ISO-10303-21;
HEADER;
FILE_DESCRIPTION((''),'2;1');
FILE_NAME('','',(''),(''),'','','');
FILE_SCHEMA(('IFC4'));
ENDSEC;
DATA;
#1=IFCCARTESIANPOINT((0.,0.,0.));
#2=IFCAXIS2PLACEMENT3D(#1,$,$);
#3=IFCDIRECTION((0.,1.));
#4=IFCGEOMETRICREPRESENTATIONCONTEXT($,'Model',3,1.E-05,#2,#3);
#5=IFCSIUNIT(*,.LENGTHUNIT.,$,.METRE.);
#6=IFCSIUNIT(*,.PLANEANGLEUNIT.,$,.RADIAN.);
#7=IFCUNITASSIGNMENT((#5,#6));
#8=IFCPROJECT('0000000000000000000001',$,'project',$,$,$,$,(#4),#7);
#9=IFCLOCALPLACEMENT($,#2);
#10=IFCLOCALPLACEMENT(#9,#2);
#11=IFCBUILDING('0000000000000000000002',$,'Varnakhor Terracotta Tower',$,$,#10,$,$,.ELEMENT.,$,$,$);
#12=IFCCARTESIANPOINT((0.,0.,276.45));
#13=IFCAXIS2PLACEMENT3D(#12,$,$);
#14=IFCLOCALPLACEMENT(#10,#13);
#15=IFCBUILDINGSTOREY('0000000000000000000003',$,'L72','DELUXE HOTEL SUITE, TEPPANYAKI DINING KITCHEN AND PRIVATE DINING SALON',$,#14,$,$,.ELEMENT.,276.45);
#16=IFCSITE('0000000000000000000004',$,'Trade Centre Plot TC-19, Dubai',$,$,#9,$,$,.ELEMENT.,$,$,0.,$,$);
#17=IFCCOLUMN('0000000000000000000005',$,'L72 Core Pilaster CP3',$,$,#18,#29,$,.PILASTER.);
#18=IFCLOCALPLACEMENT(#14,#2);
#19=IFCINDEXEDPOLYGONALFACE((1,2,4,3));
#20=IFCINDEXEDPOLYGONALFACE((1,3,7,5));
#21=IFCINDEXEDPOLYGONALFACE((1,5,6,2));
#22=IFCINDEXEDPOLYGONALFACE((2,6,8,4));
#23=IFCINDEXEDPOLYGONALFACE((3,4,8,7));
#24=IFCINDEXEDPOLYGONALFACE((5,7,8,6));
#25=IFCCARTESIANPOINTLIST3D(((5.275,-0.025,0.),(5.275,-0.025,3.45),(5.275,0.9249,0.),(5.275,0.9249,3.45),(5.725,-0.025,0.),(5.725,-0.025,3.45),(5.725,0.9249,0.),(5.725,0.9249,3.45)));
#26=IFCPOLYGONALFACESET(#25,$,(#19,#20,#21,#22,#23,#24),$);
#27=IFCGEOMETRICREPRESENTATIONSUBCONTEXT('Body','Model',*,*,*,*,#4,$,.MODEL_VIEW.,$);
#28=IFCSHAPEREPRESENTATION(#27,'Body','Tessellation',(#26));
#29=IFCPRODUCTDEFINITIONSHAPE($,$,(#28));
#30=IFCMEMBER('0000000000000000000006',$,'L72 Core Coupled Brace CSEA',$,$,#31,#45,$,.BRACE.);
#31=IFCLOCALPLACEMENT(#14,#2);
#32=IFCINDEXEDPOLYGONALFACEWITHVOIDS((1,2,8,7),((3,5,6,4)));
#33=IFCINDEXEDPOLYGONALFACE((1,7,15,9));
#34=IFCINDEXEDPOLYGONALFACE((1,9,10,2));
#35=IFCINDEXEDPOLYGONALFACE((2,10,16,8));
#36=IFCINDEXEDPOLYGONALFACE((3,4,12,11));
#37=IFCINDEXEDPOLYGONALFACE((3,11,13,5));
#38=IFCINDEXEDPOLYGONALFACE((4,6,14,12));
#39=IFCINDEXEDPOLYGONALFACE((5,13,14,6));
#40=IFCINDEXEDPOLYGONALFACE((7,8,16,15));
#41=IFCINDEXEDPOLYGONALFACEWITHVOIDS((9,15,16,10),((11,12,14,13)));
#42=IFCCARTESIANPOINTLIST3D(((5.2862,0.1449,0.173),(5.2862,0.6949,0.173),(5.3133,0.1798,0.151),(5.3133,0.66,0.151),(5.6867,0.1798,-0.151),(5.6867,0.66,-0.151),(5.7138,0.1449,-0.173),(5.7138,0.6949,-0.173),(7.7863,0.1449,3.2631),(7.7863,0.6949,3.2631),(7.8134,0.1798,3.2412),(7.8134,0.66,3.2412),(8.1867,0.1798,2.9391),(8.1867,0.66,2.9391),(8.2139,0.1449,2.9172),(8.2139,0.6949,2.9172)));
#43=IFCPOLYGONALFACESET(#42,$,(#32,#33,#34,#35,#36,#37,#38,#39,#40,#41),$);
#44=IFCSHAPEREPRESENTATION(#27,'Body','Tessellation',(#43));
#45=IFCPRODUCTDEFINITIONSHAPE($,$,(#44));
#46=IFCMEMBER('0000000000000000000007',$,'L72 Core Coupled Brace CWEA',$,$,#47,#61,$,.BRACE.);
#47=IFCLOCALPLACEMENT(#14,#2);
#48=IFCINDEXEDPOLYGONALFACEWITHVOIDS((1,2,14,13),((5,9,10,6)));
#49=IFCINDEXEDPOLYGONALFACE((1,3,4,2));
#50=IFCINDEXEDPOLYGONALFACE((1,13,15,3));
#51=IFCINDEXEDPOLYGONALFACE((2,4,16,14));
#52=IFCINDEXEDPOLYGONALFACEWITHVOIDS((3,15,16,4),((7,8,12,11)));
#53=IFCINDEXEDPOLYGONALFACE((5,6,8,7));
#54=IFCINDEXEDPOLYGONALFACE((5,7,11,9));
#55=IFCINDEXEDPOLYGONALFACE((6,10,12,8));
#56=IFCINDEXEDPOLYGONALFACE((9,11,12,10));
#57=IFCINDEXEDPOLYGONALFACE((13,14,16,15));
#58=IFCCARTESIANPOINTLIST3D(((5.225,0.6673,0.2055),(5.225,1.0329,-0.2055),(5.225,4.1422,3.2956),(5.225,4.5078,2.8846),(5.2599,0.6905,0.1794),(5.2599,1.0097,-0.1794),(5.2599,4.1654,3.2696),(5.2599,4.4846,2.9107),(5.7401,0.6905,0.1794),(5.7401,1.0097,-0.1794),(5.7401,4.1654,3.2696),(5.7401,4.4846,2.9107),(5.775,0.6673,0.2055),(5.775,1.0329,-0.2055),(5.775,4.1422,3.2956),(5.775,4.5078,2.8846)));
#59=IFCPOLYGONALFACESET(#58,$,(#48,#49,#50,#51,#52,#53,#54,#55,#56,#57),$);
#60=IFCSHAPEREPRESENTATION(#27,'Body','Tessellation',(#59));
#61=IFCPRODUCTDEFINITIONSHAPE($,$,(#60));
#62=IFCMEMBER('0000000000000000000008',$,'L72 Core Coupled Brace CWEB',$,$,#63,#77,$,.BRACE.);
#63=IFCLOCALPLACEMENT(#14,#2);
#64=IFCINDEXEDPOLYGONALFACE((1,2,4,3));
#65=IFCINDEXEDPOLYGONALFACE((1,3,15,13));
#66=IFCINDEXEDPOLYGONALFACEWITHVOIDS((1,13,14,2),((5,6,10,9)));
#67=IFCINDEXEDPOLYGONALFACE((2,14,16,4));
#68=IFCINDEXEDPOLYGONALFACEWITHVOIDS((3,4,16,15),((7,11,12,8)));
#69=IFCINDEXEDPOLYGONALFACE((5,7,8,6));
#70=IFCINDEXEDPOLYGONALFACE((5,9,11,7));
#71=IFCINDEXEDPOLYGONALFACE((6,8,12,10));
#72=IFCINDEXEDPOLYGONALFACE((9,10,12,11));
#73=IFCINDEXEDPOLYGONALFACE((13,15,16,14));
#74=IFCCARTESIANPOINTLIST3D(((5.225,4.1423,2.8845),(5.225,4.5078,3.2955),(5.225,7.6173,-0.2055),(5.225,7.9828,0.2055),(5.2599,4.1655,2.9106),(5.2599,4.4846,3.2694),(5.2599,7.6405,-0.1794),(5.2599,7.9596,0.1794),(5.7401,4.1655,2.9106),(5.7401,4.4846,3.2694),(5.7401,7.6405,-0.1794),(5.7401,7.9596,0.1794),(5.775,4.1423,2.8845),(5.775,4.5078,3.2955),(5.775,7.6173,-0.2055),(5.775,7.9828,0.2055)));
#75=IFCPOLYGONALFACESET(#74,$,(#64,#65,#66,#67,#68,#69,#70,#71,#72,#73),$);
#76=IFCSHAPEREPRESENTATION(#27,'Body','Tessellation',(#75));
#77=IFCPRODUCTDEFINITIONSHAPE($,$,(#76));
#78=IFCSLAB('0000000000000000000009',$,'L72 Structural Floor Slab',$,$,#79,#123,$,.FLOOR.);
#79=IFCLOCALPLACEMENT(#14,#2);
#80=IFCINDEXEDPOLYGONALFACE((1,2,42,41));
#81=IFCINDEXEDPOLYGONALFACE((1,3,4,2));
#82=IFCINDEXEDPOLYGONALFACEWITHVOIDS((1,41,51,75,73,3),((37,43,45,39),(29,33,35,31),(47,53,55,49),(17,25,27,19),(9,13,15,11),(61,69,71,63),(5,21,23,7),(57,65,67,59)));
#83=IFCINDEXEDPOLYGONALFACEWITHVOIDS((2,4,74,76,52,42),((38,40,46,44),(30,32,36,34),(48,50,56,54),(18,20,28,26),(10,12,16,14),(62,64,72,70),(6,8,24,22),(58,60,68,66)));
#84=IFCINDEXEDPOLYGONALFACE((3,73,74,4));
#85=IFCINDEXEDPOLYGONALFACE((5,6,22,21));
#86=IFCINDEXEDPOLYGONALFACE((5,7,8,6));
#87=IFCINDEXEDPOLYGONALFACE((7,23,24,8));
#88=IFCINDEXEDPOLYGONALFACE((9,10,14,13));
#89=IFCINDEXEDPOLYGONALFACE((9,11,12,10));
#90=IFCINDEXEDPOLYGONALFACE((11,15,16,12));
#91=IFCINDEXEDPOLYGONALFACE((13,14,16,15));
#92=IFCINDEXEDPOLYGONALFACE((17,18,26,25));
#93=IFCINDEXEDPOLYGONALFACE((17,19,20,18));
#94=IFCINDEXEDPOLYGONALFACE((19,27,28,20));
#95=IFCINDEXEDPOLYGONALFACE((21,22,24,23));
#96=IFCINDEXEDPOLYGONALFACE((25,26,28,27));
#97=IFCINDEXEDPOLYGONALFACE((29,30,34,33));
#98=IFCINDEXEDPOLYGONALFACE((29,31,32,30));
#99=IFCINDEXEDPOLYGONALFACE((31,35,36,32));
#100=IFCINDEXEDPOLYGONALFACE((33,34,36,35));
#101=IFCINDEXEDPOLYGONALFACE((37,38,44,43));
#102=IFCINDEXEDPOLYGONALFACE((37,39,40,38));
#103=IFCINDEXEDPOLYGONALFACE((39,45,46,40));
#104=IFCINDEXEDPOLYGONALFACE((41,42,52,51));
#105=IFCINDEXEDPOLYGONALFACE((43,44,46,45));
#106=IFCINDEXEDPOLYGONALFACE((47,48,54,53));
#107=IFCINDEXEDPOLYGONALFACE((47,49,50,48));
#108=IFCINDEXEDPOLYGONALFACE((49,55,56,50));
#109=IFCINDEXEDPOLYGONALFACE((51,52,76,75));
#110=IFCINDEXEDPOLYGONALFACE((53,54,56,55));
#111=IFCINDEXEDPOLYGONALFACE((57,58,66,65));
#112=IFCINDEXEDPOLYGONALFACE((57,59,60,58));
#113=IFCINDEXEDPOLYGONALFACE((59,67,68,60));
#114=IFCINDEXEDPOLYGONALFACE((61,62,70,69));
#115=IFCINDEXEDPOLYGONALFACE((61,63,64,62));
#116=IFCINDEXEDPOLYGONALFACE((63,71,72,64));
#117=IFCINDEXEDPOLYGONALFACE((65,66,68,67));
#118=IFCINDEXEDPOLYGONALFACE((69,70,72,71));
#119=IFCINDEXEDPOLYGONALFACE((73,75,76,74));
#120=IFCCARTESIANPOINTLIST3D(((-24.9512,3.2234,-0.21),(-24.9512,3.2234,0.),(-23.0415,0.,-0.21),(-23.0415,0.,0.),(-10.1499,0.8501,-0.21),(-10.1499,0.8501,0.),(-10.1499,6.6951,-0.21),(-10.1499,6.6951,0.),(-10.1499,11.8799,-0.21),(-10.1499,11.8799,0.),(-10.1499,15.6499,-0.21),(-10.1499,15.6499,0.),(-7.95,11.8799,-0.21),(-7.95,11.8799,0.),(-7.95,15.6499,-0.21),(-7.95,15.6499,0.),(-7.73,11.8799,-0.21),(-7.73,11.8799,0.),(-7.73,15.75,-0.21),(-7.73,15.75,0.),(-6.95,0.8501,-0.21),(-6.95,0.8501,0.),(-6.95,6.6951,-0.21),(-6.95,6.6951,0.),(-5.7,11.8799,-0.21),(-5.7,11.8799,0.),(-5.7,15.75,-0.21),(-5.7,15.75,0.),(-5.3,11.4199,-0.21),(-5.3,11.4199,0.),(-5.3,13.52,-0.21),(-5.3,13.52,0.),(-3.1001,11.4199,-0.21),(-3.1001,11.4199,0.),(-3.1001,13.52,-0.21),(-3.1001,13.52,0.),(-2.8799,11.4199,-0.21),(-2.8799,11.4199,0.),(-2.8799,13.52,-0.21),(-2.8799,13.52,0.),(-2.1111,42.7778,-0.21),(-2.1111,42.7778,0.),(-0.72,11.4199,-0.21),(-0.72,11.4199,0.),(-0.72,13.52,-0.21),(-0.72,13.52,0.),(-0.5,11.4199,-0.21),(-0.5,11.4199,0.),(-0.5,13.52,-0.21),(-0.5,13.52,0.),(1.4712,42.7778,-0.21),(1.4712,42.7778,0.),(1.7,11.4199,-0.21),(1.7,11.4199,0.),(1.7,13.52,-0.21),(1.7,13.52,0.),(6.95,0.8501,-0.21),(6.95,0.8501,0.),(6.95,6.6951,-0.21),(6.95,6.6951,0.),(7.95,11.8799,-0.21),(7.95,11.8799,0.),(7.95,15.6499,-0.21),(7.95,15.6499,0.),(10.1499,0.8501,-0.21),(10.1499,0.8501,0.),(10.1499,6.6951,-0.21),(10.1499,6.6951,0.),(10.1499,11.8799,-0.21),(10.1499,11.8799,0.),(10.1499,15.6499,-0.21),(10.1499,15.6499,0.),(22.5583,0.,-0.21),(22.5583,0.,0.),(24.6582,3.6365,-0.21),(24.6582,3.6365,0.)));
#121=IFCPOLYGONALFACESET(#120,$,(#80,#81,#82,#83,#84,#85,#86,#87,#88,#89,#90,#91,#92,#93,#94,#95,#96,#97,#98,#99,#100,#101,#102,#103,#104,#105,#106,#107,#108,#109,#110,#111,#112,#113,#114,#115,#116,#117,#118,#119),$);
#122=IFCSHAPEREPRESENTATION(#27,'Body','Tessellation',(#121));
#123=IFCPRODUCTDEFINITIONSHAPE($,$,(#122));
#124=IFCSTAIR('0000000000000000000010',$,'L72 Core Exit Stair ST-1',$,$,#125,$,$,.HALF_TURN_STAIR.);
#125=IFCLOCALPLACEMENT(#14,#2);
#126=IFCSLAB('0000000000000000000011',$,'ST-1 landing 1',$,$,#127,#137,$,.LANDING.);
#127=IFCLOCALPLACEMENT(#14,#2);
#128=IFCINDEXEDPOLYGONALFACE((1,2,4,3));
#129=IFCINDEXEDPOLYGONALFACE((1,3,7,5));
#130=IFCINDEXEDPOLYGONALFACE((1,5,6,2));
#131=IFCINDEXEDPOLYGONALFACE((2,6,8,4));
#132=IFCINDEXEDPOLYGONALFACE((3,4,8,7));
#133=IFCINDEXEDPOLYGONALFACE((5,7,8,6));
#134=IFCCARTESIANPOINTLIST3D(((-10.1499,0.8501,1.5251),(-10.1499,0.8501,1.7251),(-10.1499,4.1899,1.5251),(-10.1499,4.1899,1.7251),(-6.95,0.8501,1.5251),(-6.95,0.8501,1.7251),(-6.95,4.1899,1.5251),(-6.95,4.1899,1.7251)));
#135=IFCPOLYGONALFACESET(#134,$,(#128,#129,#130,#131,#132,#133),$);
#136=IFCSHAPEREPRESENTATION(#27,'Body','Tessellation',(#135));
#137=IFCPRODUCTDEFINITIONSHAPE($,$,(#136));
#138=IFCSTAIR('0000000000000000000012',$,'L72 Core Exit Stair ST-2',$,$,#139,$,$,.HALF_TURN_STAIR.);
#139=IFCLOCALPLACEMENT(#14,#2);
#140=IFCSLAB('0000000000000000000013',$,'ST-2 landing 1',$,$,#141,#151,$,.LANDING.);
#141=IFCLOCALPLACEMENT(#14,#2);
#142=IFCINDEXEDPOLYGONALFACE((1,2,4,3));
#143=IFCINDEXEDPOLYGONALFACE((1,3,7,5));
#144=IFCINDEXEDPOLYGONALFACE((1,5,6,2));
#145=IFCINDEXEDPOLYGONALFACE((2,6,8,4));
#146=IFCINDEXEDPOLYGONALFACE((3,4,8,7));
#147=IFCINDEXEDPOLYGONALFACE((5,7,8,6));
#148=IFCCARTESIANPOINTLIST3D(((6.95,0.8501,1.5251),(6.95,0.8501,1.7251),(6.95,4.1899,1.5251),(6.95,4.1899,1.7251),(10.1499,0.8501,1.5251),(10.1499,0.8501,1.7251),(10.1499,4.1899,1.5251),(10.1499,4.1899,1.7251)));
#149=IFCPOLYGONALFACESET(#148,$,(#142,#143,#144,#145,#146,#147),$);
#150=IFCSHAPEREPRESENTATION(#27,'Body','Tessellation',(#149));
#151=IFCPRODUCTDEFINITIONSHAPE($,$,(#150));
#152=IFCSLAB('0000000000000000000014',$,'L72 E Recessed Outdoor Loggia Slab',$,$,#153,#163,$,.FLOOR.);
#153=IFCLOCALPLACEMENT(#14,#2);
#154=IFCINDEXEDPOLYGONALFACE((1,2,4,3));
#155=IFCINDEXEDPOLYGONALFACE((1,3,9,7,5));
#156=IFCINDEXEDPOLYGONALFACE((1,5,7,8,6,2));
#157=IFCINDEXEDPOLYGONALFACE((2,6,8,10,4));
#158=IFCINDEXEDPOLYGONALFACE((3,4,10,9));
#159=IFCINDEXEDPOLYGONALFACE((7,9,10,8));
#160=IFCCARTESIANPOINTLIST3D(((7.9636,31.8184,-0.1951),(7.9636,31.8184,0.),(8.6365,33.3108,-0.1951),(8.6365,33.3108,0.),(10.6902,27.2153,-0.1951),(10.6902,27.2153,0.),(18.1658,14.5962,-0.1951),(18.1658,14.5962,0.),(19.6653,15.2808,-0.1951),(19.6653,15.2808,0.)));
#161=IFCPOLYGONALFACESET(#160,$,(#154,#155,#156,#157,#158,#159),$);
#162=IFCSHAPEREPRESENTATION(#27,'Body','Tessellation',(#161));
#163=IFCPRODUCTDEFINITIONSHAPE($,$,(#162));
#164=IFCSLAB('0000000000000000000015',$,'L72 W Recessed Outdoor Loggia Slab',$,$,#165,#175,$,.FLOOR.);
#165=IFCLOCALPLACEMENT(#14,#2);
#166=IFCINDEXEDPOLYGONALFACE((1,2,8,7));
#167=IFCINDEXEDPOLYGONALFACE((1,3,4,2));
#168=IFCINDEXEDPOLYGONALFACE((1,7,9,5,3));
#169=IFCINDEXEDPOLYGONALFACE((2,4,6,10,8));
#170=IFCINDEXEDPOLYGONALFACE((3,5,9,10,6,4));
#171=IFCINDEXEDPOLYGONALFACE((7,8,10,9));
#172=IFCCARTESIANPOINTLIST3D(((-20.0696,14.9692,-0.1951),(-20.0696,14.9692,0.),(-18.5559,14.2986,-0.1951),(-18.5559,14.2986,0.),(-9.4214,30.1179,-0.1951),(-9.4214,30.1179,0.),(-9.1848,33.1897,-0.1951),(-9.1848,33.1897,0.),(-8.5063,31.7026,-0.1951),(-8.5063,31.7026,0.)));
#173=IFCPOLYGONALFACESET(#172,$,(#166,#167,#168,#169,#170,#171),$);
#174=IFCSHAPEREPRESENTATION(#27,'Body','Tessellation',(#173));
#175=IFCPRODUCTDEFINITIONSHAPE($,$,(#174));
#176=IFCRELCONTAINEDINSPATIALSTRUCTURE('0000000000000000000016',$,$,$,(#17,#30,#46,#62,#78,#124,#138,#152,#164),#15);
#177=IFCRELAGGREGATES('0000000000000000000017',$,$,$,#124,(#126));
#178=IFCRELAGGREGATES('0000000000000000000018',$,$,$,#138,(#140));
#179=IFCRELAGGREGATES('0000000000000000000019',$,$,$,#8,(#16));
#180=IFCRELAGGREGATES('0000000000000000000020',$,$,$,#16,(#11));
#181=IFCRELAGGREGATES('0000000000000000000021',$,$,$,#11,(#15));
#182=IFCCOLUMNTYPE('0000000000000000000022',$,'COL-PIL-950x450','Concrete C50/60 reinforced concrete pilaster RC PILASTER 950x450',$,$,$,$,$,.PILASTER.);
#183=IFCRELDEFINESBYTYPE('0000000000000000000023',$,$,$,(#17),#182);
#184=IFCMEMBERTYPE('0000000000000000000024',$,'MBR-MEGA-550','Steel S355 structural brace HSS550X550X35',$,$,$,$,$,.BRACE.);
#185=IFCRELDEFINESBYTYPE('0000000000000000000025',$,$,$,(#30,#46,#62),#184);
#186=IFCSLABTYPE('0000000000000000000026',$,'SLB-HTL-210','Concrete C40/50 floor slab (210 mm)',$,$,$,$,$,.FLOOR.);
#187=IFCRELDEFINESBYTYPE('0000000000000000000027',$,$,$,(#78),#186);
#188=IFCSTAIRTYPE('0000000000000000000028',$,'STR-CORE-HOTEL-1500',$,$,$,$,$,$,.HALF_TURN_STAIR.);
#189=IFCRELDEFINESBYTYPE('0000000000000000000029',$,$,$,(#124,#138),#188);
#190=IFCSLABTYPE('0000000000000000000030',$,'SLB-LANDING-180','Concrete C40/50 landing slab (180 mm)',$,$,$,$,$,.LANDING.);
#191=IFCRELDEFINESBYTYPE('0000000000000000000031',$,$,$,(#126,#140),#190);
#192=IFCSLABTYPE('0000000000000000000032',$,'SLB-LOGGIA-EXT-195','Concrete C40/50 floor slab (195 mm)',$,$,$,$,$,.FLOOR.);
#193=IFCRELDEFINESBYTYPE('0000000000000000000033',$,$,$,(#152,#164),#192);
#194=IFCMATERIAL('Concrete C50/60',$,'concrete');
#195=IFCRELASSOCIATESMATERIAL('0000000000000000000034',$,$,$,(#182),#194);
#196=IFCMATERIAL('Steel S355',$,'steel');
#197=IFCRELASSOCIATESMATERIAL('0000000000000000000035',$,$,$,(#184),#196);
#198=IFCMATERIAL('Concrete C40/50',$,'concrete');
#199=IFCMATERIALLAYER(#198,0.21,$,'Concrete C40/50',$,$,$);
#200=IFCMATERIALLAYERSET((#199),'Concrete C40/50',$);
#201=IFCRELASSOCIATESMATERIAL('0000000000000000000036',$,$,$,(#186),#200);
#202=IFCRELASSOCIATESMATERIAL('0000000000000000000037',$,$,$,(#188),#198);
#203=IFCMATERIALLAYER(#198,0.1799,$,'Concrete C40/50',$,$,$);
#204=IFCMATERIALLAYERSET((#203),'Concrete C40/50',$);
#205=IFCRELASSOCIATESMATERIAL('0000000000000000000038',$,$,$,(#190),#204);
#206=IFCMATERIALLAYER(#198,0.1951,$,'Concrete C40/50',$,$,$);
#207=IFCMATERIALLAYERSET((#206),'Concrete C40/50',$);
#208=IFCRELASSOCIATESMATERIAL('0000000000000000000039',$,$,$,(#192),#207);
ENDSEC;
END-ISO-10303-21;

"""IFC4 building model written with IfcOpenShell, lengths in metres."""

from ifc_helpers import new_model, si_unit, direction, frame, origin, origin_2d, place, context, subcontext, project, spatial, polyline, rectangle, hollow_rectangle, outline, extrude, source, transform, mapped, material, layer, layer_set, material_profile, profile_set, type_object, element, aggregate, save


model = new_model("IFC4")

# Units and contexts
model_context = context("Model", 3, precision=1e-05, world=origin(), true_north=direction((0.0, 1.0)))
body_context = subcontext(model_context, "Body", "Model", "MODEL_VIEW")
ifc_project = project(units=[si_unit("LENGTHUNIT", "METRE"), si_unit("PLANEANGLEUNIT", "RADIAN")], contexts=[model_context])

# Site, building, storey
site_placement = place(None, origin())
site = spatial("IfcSite", under=ifc_project, at=site_placement, Name="Trade Centre Plot TC-19, Dubai", CompositionType="ELEMENT", RefElevation=0.0)
building_placement = place(site_placement, origin())
building = spatial("IfcBuilding", under=site, at=building_placement, Name="Varnakhor Terracotta Tower", CompositionType="ELEMENT")
storey_placement = place(building_placement, frame((0.0, 0.0, 276.45)))
storey = spatial("IfcBuildingStorey", under=building, at=storey_placement, Name="L72", Description="DELUXE HOTEL SUITE, TEPPANYAKI DINING KITCHEN AND PRIVATE DINING SALON", CompositionType="ELEMENT", Elevation=276.45)

# Column
ifc_material_1 = material(Name="Concrete C50/60", Category="concrete")
ifc_material_profile_1 = material_profile(ifc_material_1, rectangle(XDim=0.45, YDim=0.95, at=origin_2d()), Name="RC PILASTER 950x450")
ifc_profile_set_1 = profile_set([ifc_material_profile_1], Name="Concrete C50/60")
column_type = type_object("IfcColumnType", Name="COL-PIL-950x450", Description="Concrete C50/60 reinforced concrete pilaster RC PILASTER 950x450", PredefinedType="PILASTER", material=ifc_profile_set_1)
shared_shape_1 = source(origin(), body_context, "Body", "SweptSolid", [
    extrude(rectangle(XDim=0.45, YDim=0.95, at=origin_2d()), origin(), (0.0, 0.0, 1.0), 3.45),
])
column_placement = place(storey_placement, frame((5.5, 0.45, 0.0), z_axis=(0.0, 0.0, 1.0), x_axis=(1.0, 0.0, 0.0)))
element("IfcColumn", 1, at=column_placement, inside=storey, type_object=column_type, Name="L72 Core Pilaster CP3", PredefinedType="PILASTER", context=body_context, shape_type="MappedRepresentation", body=[
    mapped(shared_shape_1, transform((0.0, 0.0, 0.0), scale=1.0)),
])

# Members
ifc_material_2 = material(Name="Steel S355", Category="steel")
ifc_material_profile_2 = material_profile(ifc_material_2, hollow_rectangle(XDim=0.55, YDim=0.55, WallThickness=0.0349, at=origin_2d()), Name="HSS550X550X35")
ifc_profile_set_2 = profile_set([ifc_material_profile_2], Name="Steel S355")
member_type = type_object("IfcMemberType", Name="MBR-MEGA-550", Description="Steel S355 structural brace HSS550X550X35", PredefinedType="BRACE", material=ifc_profile_set_2)
shared_shape_2 = source(origin(), body_context, "Body", "SweptSolid", [
    extrude(hollow_rectangle(XDim=0.55, YDim=0.55, WallThickness=0.0349, at=origin_2d()), origin(), (0.0, 0.0, 1.0), 3.9749),
])
member_placement = place(storey_placement, frame((5.5, 0.4199, 0.0), z_axis=(0.62897, 0.0, 0.777429), x_axis=(0.0, 1.0, 0.0)))
element("IfcMember", 2, at=member_placement, inside=storey, type_object=member_type, Name="L72 Core Coupled Brace CSEA", PredefinedType="BRACE", context=body_context, shape_type="MappedRepresentation", body=[
    mapped(shared_shape_2, transform((0.0, 0.0, 0.0), scale=1.0)),
])
shared_shape_3 = source(origin(), body_context, "Body", "SweptSolid", [
    extrude(hollow_rectangle(XDim=0.55, YDim=0.55, WallThickness=0.0349, at=origin_2d()), origin(), (0.0, 0.0, 1.0), 4.6501),
])
for number, where, z_axis, x_axis, name in (
    (3, (5.5, 0.8501, 0.0), (0.0, 0.747267, 0.664524), (-1.0, 0.0, 0.0), "L72 Core Coupled Brace CWEA"),
    (4, (5.5, 7.8, 0.0), (0.0, -0.747291, 0.664497), (1.0, 0.0, 0.0), "L72 Core Coupled Brace CWEB"),
):
    element("IfcMember", number, at=place(storey_placement, frame(where, z_axis=z_axis, x_axis=x_axis)), inside=storey, type_object=member_type, Name=name, PredefinedType="BRACE", context=body_context, shape_type="MappedRepresentation", body=[
        mapped(shared_shape_3, transform((0.0, 0.0, 0.0), scale=1.0)),
    ])

# Slab
ifc_material_3 = material(Name="Concrete C40/50", Category="concrete")
ifc_layer_1 = layer(ifc_material_3, 0.21, Name="Concrete C40/50")
ifc_layer_set_1 = layer_set([ifc_layer_1], Name="Concrete C40/50")
slab_type_1 = type_object("IfcSlabType", Name="SLB-HTL-210", Description="Concrete C40/50 floor slab (210 mm)", PredefinedType="FLOOR", material=ifc_layer_set_1)
slab_1_placement = place(storey_placement, frame((0.0, 0.0, -0.21)))
element("IfcSlab", 5, at=slab_1_placement, inside=storey, type_object=slab_type_1, Name="L72 Structural Floor Slab", PredefinedType="FLOOR", context=body_context, shape_type="SweptSolid", body=[
    extrude(outline(polyline([(-24.9512, 3.2234), (-2.1111, 42.7778), (1.4712, 42.7778), (24.6582, 3.6365), (22.5583, 0.0), (-23.0415, 0.0), (-24.9512, 3.2234)]), holes=[polyline([(-6.95, 0.8501), (-6.95, 6.6951), (-10.1499, 6.6951), (-10.1499, 0.8501), (-6.95, 0.8501)]), polyline([(10.1499, 0.8501), (10.1499, 6.6951), (6.95, 6.6951), (6.95, 0.8501), (10.1499, 0.8501)]), polyline([(-3.1001, 11.4199), (-3.1001, 13.52), (-5.3, 13.52), (-5.3, 11.4199), (-3.1001, 11.4199)]), polyline([(-0.72, 11.4199), (-0.72, 13.52), (-2.8799, 13.52), (-2.8799, 11.4199), (-0.72, 11.4199)]), polyline([(1.7, 11.4199), (1.7, 13.52), (-0.5, 13.52), (-0.5, 11.4199), (1.7, 11.4199)]), polyline([(-7.95, 11.8799), (-7.95, 15.6499), (-10.1499, 15.6499), (-10.1499, 11.8799), (-7.95, 11.8799)]), polyline([(10.1499, 11.8799), (10.1499, 15.6499), (7.95, 15.6499), (7.95, 11.8799), (10.1499, 11.8799)]), polyline([(-5.7, 11.8799), (-5.7, 15.75), (-7.73, 15.75), (-7.73, 11.8799), (-5.7, 11.8799)])]), origin(), (0.0, 0.0, 1.0), 0.21),
])

# Stairs, slabs
stair_type = type_object("IfcStairType", Name="STR-CORE-HOTEL-1500", PredefinedType="HALF_TURN_STAIR", material=ifc_material_3)
stair_1_placement = place(storey_placement, origin())
stair_1 = element("IfcStair", 6, at=stair_1_placement, inside=storey, type_object=stair_type, Name="L72 Core Exit Stair ST-1", PredefinedType="HALF_TURN_STAIR")
ifc_layer_2 = layer(ifc_material_3, 0.1799, Name="Concrete C40/50")
ifc_layer_set_2 = layer_set([ifc_layer_2], Name="Concrete C40/50")
slab_type_2 = type_object("IfcSlabType", Name="SLB-LANDING-180", Description="Concrete C40/50 landing slab (180 mm)", PredefinedType="LANDING", material=ifc_layer_set_2)
slab_2_placement = place(storey_placement, frame((0.0, 0.0, 1.5251)))
slab_2 = element("IfcSlab", 7, at=slab_2_placement, type_object=slab_type_2, Name="ST-1 landing 1", PredefinedType="LANDING", context=body_context, shape_type="SweptSolid", body=[
    extrude(outline(polyline([(-10.1499, 4.1899), (-10.1499, 0.8501), (-6.95, 0.8501), (-6.95, 4.1899), (-10.1499, 4.1899)])), origin(), (0.0, 0.0, 1.0), 0.2),
])
aggregate(stair_1, [slab_2])
stair_2_placement = place(storey_placement, origin())
stair_2 = element("IfcStair", 8, at=stair_2_placement, inside=storey, type_object=stair_type, Name="L72 Core Exit Stair ST-2", PredefinedType="HALF_TURN_STAIR")
slab_3_placement = place(storey_placement, frame((0.0, 0.0, 1.5251)))
slab_3 = element("IfcSlab", 9, at=slab_3_placement, type_object=slab_type_2, Name="ST-2 landing 1", PredefinedType="LANDING", context=body_context, shape_type="SweptSolid", body=[
    extrude(outline(polyline([(6.95, 4.1899), (6.95, 0.8501), (10.1499, 0.8501), (10.1499, 4.1899), (6.95, 4.1899)])), origin(), (0.0, 0.0, 1.0), 0.2),
])

# Slabs
ifc_layer_3 = layer(ifc_material_3, 0.1951, Name="Concrete C40/50")
ifc_layer_set_3 = layer_set([ifc_layer_3], Name="Concrete C40/50")
slab_type_3 = type_object("IfcSlabType", Name="SLB-LOGGIA-EXT-195", Description="Concrete C40/50 floor slab (195 mm)", PredefinedType="FLOOR", material=ifc_layer_set_3)
slab_4_placement = place(storey_placement, frame((0.0, 0.0, -0.1951)))
element("IfcSlab", 10, at=slab_4_placement, inside=storey, type_object=slab_type_3, Name="L72 E Recessed Outdoor Loggia Slab", PredefinedType="FLOOR", context=body_context, shape_type="SweptSolid", body=[
    extrude(outline(polyline([(8.6365, 33.3108), (19.6653, 15.2808), (18.1658, 14.5962), (10.6902, 27.2153), (7.9636, 31.8184), (8.6365, 33.3108)])), origin(), (0.0, 0.0, 1.0), 0.1951),
])
slab_5_placement = place(storey_placement, frame((0.0, 0.0, -0.1951)))
element("IfcSlab", 11, at=slab_5_placement, inside=storey, type_object=slab_type_3, Name="L72 W Recessed Outdoor Loggia Slab", PredefinedType="FLOOR", context=body_context, shape_type="SweptSolid", body=[
    extrude(outline(polyline([(-20.0696, 14.9692), (-9.1848, 33.1897), (-8.5063, 31.7026), (-9.4214, 30.1179), (-18.5559, 14.2986), (-20.0696, 14.9692)])), origin(), (0.0, 0.0, 1.0), 0.1951),
])

aggregate(stair_2, [slab_3])

save(model, "model.ifc")
